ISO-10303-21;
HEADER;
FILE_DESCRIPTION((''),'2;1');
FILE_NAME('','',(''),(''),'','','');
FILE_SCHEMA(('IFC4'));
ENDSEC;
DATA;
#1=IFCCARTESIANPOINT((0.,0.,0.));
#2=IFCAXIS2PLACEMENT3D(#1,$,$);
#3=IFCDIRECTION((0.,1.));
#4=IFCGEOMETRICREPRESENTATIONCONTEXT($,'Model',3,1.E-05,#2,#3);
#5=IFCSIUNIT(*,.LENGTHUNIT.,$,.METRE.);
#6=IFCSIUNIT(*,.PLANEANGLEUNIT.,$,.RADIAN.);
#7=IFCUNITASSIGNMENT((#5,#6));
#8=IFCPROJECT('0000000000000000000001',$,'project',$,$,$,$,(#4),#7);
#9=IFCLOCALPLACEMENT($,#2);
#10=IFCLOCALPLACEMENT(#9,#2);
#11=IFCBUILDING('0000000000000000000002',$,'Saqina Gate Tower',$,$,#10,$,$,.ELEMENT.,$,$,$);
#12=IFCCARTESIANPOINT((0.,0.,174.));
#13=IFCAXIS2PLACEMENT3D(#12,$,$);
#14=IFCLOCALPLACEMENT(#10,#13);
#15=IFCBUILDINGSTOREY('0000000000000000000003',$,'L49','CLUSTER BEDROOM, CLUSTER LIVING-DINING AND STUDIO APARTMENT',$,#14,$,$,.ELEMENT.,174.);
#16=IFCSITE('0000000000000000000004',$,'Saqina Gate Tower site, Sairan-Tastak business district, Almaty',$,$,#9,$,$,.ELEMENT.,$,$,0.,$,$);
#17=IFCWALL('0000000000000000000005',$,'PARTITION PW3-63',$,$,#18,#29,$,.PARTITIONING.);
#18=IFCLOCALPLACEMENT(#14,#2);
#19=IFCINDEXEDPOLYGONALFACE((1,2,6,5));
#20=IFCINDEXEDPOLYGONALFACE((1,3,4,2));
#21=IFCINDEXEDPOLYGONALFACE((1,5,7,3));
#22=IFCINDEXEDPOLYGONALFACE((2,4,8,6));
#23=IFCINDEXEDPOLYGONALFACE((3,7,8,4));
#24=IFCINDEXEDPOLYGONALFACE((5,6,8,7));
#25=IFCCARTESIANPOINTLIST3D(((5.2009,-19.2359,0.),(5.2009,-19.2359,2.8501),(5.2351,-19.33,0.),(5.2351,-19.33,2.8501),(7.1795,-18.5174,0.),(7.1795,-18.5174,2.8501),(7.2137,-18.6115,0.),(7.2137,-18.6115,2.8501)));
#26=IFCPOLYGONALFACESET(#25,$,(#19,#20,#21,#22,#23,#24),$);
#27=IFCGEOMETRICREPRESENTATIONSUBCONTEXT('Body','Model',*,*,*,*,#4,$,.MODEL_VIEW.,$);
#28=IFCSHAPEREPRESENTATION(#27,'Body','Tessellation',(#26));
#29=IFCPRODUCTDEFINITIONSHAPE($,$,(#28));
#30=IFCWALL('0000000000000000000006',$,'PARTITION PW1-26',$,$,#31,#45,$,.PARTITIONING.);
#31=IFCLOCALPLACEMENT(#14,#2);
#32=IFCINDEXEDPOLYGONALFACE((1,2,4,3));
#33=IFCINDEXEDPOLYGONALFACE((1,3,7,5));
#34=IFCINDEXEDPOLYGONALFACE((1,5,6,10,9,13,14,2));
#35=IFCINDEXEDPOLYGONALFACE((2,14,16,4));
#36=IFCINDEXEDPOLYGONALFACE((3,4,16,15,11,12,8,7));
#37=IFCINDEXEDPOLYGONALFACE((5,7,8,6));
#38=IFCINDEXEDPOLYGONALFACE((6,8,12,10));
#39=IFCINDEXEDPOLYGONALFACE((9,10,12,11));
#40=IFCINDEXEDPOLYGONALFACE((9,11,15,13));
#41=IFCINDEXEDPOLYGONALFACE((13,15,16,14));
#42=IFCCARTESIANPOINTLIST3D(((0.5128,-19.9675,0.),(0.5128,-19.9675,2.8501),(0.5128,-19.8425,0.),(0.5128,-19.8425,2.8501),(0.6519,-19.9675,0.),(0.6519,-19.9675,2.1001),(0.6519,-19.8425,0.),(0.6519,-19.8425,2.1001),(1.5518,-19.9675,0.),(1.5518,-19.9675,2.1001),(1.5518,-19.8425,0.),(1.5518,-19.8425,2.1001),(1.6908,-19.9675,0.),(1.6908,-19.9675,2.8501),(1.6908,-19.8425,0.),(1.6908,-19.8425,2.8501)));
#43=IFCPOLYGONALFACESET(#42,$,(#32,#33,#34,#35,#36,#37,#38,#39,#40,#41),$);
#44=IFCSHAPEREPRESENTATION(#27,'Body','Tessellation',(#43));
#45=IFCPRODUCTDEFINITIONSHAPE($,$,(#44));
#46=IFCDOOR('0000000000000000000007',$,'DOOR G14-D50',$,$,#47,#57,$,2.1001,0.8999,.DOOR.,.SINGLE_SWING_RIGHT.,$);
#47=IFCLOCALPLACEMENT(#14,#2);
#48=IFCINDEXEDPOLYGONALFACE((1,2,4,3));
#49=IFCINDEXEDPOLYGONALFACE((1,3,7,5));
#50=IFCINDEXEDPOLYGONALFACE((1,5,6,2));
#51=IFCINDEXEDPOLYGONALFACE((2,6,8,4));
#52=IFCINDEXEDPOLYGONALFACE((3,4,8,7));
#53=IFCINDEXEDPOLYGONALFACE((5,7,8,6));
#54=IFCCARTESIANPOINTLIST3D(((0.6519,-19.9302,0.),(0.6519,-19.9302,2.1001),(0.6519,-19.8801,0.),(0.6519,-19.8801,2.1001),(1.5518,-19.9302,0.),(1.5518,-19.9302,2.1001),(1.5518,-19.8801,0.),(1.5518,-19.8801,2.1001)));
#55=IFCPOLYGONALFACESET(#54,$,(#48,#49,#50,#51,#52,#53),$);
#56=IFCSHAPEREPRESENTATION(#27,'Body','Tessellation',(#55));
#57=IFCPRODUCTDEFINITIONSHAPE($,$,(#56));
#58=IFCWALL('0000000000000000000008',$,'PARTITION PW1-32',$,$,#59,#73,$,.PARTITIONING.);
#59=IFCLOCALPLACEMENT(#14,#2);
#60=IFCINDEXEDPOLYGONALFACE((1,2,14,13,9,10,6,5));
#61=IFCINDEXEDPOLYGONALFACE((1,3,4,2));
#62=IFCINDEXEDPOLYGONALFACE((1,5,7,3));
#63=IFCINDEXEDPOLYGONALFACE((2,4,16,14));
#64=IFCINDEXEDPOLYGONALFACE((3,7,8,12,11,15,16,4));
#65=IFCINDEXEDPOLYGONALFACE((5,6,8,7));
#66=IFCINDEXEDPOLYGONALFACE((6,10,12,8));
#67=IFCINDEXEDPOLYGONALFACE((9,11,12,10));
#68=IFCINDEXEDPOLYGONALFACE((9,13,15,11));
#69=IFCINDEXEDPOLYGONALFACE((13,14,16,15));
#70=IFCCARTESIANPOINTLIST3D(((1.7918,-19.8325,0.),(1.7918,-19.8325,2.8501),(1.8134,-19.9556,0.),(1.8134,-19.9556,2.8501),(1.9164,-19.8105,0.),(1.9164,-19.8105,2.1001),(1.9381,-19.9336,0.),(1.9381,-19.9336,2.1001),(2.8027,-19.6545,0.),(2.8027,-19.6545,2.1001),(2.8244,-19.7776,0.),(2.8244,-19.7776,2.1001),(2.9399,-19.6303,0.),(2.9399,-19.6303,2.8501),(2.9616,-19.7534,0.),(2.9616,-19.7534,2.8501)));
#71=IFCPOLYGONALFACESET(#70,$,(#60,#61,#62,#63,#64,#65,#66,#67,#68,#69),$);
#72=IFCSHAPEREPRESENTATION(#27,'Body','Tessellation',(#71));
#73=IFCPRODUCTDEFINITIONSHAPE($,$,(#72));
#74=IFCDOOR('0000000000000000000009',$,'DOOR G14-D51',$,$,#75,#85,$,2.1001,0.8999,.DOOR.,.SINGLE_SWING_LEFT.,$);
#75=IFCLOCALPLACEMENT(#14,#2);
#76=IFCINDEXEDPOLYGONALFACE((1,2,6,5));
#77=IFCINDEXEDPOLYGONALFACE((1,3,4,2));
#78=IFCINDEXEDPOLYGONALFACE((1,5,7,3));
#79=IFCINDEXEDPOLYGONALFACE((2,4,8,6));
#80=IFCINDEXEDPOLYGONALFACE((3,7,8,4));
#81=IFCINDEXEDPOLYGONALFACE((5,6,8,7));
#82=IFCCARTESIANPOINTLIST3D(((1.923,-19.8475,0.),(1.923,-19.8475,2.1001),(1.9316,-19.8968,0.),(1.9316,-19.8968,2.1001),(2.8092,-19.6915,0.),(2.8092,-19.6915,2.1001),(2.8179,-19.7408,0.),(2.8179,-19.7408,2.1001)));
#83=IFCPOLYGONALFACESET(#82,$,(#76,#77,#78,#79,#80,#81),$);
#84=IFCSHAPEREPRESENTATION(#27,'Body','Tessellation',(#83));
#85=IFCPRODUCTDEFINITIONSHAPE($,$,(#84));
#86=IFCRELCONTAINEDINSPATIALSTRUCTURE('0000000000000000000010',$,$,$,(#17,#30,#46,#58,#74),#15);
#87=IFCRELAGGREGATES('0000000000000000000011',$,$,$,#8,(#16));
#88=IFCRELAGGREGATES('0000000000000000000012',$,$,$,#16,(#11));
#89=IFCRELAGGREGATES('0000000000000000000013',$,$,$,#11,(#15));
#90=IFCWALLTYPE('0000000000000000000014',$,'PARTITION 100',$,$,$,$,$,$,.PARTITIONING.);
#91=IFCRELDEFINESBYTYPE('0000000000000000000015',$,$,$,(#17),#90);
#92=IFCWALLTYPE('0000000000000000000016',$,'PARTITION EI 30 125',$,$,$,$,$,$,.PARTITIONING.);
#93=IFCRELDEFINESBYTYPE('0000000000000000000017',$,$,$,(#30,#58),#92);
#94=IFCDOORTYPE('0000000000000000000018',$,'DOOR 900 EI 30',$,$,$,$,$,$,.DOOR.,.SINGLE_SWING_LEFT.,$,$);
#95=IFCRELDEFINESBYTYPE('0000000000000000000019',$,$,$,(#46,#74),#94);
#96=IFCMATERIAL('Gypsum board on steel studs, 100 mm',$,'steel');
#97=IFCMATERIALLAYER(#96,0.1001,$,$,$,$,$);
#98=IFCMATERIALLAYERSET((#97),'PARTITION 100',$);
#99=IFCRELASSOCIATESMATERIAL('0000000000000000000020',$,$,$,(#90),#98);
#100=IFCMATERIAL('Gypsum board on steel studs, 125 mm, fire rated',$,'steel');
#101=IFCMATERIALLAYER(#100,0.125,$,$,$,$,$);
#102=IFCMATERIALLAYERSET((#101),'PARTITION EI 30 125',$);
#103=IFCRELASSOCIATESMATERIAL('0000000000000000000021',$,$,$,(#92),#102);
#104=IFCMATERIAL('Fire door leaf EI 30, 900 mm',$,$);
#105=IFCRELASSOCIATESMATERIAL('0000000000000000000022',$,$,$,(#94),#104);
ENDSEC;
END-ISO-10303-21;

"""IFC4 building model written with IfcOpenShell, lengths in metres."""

from ifc_helpers import new_model, si_unit, direction, frame, frame_2d, origin, place, context, subcontext, project, spatial, rectangle, extrude, material, layer, layer_set, type_object, element, fill, save


model = new_model("IFC4")

# Units and contexts
model_context = context("Model", 3, precision=1e-05, world=origin(), true_north=direction((0.0, 1.0)))
body_context = subcontext(model_context, "Body", "Model", "MODEL_VIEW")
ifc_project = project(units=[si_unit("LENGTHUNIT", "METRE"), si_unit("PLANEANGLEUNIT", "RADIAN")], contexts=[model_context])

# Site, building, storey
site_placement = place(None, origin())
site = spatial("IfcSite", under=ifc_project, at=site_placement, Name="Saqina Gate Tower site, Sairan-Tastak business district, Almaty", CompositionType="ELEMENT", RefElevation=0.0)
building_placement = place(site_placement, origin())
building = spatial("IfcBuilding", under=site, at=building_placement, Name="Saqina Gate Tower", CompositionType="ELEMENT")
storey_placement = place(building_placement, frame((0.0, 0.0, 174.0)))
storey = spatial("IfcBuildingStorey", under=building, at=storey_placement, Name="L49", Description="CLUSTER BEDROOM, CLUSTER LIVING-DINING AND STUDIO APARTMENT", CompositionType="ELEMENT", Elevation=174.0)

# Shared definitions
ifc_material_1 = material(Name="Gypsum board on steel studs, 100 mm", Category="steel")
ifc_layer_1 = layer(ifc_material_1, 0.1001)
ifc_layer_set_1 = layer_set([ifc_layer_1], Name="PARTITION 100")
wall_type_1 = type_object("IfcWallType", Name="PARTITION 100", PredefinedType="PARTITIONING", material=ifc_layer_set_1)

# Wall
wall_1_placement = place(storey_placement, frame((5.218, -19.283, 0.0), z_axis=(0.0, 0.0, 1.0), x_axis=(0.939939, 0.341343, 0.0)))
element("IfcWall", 1, at=wall_1_placement, inside=storey, type_object=wall_type_1, Name="PARTITION PW3-63", PredefinedType="PARTITIONING", context=body_context, shape_type="SweptSolid", body=[
    extrude(rectangle(XDim=2.105, YDim=0.1001, at=frame_2d((1.0525, 0.0))), origin(), (0.0, 0.0, 1.0), 2.8501),
])

# Walls, openings, doors
ifc_material_2 = material(Name="Gypsum board on steel studs, 125 mm, fire rated", Category="steel")
ifc_layer_2 = layer(ifc_material_2, 0.125)
ifc_layer_set_2 = layer_set([ifc_layer_2], Name="PARTITION EI 30 125")
wall_type_2 = type_object("IfcWallType", Name="PARTITION EI 30 125", PredefinedType="PARTITIONING", material=ifc_layer_set_2)
wall_2_placement = place(storey_placement, frame((0.5129, -19.905, 0.0), z_axis=(0.0, 0.0, 1.0), x_axis=(1.0, 0.0, 0.0)))
wall_2 = element("IfcWall", 2, at=wall_2_placement, inside=storey, type_object=wall_type_2, Name="PARTITION PW1-26", PredefinedType="PARTITIONING", context=body_context, shape_type="SweptSolid", body=[
    extrude(rectangle(XDim=1.178, YDim=0.125, at=frame_2d((0.5889, 0.0))), origin(), (0.0, 0.0, 1.0), 2.8501),
])
opening_1_placement = place(wall_2_placement, frame((0.1389, 0.0, 0.0)))
opening_1 = element("IfcOpeningElement", 3, at=opening_1_placement, cuts=wall_2, PredefinedType="OPENING", context=body_context, shape_type="SweptSolid", body=[
    extrude(rectangle(XDim=0.8999, YDim=2.1001, at=frame_2d((0.45, 1.05))), frame((0.0, 0.0745, 0.0), z_axis=(0.0, -1.0, 0.0), x_axis=(1.0, 0.0, 0.0)), (0.0, 0.0, 1.0), 0.1489),
])
ifc_material_3 = material(Name="Fire door leaf EI 30, 900 mm")
door_type_1 = type_object("IfcDoorType", Name="DOOR 900 EI 30", OperationType="SINGLE_SWING_LEFT", PredefinedType="DOOR", material=ifc_material_3)
door_1_placement = place(opening_1_placement, origin())
door_1 = element("IfcDoor", 4, at=door_1_placement, inside=storey, type_object=door_type_1, Name="DOOR G14-D50", OperationType="SINGLE_SWING_RIGHT", OverallHeight=2.1001, OverallWidth=0.8999, PredefinedType="DOOR", context=body_context, shape_type="SweptSolid", body=[
    extrude(rectangle(XDim=0.8999, YDim=2.1001, at=frame_2d((0.45, 1.05))), frame((0.0, 0.0249, 0.0), z_axis=(0.0, -1.0, 0.0), x_axis=(1.0, 0.0, 0.0)), (0.0, 0.0, 1.0), 0.05),
])
fill(opening_1, door_1)
wall_3_placement = place(storey_placement, frame((1.8025, -19.894, 0.0), z_axis=(0.0, 0.0, 1.0), x_axis=(0.984853, 0.173391, 0.0)))
wall_3 = element("IfcWall", 5, at=wall_3_placement, inside=storey, type_object=wall_type_2, Name="PARTITION PW1-32", PredefinedType="PARTITIONING", context=body_context, shape_type="SweptSolid", body=[
    extrude(rectangle(XDim=1.1658, YDim=0.125, at=frame_2d((0.583, 0.0))), origin(), (0.0, 0.0, 1.0), 2.8501),
])
opening_2_placement = place(wall_3_placement, frame((0.1267, 0.0, 0.0)))
opening_2 = element("IfcOpeningElement", 6, at=opening_2_placement, cuts=wall_3, PredefinedType="OPENING", context=body_context, shape_type="SweptSolid", body=[
    extrude(rectangle(XDim=0.8999, YDim=2.1001, at=frame_2d((0.45, 1.05))), frame((0.0, 0.0745, 0.0), z_axis=(0.0, -1.0, 0.0), x_axis=(1.0, 0.0, 0.0)), (0.0, 0.0, 1.0), 0.1489),
])
door_2_placement = place(opening_2_placement, origin())
door_2 = element("IfcDoor", 7, at=door_2_placement, inside=storey, type_object=door_type_1, Name="DOOR G14-D51", OperationType="SINGLE_SWING_LEFT", OverallHeight=2.1001, OverallWidth=0.8999, PredefinedType="DOOR", context=body_context, shape_type="SweptSolid", body=[
    extrude(rectangle(XDim=0.8999, YDim=2.1001, at=frame_2d((0.45, 1.05))), frame((0.0, 0.0249, 0.0), z_axis=(0.0, -1.0, 0.0), x_axis=(1.0, 0.0, 0.0)), (0.0, 0.0, 1.0), 0.05),
])
fill(opening_2, door_2)

save(model, "model.ifc")
